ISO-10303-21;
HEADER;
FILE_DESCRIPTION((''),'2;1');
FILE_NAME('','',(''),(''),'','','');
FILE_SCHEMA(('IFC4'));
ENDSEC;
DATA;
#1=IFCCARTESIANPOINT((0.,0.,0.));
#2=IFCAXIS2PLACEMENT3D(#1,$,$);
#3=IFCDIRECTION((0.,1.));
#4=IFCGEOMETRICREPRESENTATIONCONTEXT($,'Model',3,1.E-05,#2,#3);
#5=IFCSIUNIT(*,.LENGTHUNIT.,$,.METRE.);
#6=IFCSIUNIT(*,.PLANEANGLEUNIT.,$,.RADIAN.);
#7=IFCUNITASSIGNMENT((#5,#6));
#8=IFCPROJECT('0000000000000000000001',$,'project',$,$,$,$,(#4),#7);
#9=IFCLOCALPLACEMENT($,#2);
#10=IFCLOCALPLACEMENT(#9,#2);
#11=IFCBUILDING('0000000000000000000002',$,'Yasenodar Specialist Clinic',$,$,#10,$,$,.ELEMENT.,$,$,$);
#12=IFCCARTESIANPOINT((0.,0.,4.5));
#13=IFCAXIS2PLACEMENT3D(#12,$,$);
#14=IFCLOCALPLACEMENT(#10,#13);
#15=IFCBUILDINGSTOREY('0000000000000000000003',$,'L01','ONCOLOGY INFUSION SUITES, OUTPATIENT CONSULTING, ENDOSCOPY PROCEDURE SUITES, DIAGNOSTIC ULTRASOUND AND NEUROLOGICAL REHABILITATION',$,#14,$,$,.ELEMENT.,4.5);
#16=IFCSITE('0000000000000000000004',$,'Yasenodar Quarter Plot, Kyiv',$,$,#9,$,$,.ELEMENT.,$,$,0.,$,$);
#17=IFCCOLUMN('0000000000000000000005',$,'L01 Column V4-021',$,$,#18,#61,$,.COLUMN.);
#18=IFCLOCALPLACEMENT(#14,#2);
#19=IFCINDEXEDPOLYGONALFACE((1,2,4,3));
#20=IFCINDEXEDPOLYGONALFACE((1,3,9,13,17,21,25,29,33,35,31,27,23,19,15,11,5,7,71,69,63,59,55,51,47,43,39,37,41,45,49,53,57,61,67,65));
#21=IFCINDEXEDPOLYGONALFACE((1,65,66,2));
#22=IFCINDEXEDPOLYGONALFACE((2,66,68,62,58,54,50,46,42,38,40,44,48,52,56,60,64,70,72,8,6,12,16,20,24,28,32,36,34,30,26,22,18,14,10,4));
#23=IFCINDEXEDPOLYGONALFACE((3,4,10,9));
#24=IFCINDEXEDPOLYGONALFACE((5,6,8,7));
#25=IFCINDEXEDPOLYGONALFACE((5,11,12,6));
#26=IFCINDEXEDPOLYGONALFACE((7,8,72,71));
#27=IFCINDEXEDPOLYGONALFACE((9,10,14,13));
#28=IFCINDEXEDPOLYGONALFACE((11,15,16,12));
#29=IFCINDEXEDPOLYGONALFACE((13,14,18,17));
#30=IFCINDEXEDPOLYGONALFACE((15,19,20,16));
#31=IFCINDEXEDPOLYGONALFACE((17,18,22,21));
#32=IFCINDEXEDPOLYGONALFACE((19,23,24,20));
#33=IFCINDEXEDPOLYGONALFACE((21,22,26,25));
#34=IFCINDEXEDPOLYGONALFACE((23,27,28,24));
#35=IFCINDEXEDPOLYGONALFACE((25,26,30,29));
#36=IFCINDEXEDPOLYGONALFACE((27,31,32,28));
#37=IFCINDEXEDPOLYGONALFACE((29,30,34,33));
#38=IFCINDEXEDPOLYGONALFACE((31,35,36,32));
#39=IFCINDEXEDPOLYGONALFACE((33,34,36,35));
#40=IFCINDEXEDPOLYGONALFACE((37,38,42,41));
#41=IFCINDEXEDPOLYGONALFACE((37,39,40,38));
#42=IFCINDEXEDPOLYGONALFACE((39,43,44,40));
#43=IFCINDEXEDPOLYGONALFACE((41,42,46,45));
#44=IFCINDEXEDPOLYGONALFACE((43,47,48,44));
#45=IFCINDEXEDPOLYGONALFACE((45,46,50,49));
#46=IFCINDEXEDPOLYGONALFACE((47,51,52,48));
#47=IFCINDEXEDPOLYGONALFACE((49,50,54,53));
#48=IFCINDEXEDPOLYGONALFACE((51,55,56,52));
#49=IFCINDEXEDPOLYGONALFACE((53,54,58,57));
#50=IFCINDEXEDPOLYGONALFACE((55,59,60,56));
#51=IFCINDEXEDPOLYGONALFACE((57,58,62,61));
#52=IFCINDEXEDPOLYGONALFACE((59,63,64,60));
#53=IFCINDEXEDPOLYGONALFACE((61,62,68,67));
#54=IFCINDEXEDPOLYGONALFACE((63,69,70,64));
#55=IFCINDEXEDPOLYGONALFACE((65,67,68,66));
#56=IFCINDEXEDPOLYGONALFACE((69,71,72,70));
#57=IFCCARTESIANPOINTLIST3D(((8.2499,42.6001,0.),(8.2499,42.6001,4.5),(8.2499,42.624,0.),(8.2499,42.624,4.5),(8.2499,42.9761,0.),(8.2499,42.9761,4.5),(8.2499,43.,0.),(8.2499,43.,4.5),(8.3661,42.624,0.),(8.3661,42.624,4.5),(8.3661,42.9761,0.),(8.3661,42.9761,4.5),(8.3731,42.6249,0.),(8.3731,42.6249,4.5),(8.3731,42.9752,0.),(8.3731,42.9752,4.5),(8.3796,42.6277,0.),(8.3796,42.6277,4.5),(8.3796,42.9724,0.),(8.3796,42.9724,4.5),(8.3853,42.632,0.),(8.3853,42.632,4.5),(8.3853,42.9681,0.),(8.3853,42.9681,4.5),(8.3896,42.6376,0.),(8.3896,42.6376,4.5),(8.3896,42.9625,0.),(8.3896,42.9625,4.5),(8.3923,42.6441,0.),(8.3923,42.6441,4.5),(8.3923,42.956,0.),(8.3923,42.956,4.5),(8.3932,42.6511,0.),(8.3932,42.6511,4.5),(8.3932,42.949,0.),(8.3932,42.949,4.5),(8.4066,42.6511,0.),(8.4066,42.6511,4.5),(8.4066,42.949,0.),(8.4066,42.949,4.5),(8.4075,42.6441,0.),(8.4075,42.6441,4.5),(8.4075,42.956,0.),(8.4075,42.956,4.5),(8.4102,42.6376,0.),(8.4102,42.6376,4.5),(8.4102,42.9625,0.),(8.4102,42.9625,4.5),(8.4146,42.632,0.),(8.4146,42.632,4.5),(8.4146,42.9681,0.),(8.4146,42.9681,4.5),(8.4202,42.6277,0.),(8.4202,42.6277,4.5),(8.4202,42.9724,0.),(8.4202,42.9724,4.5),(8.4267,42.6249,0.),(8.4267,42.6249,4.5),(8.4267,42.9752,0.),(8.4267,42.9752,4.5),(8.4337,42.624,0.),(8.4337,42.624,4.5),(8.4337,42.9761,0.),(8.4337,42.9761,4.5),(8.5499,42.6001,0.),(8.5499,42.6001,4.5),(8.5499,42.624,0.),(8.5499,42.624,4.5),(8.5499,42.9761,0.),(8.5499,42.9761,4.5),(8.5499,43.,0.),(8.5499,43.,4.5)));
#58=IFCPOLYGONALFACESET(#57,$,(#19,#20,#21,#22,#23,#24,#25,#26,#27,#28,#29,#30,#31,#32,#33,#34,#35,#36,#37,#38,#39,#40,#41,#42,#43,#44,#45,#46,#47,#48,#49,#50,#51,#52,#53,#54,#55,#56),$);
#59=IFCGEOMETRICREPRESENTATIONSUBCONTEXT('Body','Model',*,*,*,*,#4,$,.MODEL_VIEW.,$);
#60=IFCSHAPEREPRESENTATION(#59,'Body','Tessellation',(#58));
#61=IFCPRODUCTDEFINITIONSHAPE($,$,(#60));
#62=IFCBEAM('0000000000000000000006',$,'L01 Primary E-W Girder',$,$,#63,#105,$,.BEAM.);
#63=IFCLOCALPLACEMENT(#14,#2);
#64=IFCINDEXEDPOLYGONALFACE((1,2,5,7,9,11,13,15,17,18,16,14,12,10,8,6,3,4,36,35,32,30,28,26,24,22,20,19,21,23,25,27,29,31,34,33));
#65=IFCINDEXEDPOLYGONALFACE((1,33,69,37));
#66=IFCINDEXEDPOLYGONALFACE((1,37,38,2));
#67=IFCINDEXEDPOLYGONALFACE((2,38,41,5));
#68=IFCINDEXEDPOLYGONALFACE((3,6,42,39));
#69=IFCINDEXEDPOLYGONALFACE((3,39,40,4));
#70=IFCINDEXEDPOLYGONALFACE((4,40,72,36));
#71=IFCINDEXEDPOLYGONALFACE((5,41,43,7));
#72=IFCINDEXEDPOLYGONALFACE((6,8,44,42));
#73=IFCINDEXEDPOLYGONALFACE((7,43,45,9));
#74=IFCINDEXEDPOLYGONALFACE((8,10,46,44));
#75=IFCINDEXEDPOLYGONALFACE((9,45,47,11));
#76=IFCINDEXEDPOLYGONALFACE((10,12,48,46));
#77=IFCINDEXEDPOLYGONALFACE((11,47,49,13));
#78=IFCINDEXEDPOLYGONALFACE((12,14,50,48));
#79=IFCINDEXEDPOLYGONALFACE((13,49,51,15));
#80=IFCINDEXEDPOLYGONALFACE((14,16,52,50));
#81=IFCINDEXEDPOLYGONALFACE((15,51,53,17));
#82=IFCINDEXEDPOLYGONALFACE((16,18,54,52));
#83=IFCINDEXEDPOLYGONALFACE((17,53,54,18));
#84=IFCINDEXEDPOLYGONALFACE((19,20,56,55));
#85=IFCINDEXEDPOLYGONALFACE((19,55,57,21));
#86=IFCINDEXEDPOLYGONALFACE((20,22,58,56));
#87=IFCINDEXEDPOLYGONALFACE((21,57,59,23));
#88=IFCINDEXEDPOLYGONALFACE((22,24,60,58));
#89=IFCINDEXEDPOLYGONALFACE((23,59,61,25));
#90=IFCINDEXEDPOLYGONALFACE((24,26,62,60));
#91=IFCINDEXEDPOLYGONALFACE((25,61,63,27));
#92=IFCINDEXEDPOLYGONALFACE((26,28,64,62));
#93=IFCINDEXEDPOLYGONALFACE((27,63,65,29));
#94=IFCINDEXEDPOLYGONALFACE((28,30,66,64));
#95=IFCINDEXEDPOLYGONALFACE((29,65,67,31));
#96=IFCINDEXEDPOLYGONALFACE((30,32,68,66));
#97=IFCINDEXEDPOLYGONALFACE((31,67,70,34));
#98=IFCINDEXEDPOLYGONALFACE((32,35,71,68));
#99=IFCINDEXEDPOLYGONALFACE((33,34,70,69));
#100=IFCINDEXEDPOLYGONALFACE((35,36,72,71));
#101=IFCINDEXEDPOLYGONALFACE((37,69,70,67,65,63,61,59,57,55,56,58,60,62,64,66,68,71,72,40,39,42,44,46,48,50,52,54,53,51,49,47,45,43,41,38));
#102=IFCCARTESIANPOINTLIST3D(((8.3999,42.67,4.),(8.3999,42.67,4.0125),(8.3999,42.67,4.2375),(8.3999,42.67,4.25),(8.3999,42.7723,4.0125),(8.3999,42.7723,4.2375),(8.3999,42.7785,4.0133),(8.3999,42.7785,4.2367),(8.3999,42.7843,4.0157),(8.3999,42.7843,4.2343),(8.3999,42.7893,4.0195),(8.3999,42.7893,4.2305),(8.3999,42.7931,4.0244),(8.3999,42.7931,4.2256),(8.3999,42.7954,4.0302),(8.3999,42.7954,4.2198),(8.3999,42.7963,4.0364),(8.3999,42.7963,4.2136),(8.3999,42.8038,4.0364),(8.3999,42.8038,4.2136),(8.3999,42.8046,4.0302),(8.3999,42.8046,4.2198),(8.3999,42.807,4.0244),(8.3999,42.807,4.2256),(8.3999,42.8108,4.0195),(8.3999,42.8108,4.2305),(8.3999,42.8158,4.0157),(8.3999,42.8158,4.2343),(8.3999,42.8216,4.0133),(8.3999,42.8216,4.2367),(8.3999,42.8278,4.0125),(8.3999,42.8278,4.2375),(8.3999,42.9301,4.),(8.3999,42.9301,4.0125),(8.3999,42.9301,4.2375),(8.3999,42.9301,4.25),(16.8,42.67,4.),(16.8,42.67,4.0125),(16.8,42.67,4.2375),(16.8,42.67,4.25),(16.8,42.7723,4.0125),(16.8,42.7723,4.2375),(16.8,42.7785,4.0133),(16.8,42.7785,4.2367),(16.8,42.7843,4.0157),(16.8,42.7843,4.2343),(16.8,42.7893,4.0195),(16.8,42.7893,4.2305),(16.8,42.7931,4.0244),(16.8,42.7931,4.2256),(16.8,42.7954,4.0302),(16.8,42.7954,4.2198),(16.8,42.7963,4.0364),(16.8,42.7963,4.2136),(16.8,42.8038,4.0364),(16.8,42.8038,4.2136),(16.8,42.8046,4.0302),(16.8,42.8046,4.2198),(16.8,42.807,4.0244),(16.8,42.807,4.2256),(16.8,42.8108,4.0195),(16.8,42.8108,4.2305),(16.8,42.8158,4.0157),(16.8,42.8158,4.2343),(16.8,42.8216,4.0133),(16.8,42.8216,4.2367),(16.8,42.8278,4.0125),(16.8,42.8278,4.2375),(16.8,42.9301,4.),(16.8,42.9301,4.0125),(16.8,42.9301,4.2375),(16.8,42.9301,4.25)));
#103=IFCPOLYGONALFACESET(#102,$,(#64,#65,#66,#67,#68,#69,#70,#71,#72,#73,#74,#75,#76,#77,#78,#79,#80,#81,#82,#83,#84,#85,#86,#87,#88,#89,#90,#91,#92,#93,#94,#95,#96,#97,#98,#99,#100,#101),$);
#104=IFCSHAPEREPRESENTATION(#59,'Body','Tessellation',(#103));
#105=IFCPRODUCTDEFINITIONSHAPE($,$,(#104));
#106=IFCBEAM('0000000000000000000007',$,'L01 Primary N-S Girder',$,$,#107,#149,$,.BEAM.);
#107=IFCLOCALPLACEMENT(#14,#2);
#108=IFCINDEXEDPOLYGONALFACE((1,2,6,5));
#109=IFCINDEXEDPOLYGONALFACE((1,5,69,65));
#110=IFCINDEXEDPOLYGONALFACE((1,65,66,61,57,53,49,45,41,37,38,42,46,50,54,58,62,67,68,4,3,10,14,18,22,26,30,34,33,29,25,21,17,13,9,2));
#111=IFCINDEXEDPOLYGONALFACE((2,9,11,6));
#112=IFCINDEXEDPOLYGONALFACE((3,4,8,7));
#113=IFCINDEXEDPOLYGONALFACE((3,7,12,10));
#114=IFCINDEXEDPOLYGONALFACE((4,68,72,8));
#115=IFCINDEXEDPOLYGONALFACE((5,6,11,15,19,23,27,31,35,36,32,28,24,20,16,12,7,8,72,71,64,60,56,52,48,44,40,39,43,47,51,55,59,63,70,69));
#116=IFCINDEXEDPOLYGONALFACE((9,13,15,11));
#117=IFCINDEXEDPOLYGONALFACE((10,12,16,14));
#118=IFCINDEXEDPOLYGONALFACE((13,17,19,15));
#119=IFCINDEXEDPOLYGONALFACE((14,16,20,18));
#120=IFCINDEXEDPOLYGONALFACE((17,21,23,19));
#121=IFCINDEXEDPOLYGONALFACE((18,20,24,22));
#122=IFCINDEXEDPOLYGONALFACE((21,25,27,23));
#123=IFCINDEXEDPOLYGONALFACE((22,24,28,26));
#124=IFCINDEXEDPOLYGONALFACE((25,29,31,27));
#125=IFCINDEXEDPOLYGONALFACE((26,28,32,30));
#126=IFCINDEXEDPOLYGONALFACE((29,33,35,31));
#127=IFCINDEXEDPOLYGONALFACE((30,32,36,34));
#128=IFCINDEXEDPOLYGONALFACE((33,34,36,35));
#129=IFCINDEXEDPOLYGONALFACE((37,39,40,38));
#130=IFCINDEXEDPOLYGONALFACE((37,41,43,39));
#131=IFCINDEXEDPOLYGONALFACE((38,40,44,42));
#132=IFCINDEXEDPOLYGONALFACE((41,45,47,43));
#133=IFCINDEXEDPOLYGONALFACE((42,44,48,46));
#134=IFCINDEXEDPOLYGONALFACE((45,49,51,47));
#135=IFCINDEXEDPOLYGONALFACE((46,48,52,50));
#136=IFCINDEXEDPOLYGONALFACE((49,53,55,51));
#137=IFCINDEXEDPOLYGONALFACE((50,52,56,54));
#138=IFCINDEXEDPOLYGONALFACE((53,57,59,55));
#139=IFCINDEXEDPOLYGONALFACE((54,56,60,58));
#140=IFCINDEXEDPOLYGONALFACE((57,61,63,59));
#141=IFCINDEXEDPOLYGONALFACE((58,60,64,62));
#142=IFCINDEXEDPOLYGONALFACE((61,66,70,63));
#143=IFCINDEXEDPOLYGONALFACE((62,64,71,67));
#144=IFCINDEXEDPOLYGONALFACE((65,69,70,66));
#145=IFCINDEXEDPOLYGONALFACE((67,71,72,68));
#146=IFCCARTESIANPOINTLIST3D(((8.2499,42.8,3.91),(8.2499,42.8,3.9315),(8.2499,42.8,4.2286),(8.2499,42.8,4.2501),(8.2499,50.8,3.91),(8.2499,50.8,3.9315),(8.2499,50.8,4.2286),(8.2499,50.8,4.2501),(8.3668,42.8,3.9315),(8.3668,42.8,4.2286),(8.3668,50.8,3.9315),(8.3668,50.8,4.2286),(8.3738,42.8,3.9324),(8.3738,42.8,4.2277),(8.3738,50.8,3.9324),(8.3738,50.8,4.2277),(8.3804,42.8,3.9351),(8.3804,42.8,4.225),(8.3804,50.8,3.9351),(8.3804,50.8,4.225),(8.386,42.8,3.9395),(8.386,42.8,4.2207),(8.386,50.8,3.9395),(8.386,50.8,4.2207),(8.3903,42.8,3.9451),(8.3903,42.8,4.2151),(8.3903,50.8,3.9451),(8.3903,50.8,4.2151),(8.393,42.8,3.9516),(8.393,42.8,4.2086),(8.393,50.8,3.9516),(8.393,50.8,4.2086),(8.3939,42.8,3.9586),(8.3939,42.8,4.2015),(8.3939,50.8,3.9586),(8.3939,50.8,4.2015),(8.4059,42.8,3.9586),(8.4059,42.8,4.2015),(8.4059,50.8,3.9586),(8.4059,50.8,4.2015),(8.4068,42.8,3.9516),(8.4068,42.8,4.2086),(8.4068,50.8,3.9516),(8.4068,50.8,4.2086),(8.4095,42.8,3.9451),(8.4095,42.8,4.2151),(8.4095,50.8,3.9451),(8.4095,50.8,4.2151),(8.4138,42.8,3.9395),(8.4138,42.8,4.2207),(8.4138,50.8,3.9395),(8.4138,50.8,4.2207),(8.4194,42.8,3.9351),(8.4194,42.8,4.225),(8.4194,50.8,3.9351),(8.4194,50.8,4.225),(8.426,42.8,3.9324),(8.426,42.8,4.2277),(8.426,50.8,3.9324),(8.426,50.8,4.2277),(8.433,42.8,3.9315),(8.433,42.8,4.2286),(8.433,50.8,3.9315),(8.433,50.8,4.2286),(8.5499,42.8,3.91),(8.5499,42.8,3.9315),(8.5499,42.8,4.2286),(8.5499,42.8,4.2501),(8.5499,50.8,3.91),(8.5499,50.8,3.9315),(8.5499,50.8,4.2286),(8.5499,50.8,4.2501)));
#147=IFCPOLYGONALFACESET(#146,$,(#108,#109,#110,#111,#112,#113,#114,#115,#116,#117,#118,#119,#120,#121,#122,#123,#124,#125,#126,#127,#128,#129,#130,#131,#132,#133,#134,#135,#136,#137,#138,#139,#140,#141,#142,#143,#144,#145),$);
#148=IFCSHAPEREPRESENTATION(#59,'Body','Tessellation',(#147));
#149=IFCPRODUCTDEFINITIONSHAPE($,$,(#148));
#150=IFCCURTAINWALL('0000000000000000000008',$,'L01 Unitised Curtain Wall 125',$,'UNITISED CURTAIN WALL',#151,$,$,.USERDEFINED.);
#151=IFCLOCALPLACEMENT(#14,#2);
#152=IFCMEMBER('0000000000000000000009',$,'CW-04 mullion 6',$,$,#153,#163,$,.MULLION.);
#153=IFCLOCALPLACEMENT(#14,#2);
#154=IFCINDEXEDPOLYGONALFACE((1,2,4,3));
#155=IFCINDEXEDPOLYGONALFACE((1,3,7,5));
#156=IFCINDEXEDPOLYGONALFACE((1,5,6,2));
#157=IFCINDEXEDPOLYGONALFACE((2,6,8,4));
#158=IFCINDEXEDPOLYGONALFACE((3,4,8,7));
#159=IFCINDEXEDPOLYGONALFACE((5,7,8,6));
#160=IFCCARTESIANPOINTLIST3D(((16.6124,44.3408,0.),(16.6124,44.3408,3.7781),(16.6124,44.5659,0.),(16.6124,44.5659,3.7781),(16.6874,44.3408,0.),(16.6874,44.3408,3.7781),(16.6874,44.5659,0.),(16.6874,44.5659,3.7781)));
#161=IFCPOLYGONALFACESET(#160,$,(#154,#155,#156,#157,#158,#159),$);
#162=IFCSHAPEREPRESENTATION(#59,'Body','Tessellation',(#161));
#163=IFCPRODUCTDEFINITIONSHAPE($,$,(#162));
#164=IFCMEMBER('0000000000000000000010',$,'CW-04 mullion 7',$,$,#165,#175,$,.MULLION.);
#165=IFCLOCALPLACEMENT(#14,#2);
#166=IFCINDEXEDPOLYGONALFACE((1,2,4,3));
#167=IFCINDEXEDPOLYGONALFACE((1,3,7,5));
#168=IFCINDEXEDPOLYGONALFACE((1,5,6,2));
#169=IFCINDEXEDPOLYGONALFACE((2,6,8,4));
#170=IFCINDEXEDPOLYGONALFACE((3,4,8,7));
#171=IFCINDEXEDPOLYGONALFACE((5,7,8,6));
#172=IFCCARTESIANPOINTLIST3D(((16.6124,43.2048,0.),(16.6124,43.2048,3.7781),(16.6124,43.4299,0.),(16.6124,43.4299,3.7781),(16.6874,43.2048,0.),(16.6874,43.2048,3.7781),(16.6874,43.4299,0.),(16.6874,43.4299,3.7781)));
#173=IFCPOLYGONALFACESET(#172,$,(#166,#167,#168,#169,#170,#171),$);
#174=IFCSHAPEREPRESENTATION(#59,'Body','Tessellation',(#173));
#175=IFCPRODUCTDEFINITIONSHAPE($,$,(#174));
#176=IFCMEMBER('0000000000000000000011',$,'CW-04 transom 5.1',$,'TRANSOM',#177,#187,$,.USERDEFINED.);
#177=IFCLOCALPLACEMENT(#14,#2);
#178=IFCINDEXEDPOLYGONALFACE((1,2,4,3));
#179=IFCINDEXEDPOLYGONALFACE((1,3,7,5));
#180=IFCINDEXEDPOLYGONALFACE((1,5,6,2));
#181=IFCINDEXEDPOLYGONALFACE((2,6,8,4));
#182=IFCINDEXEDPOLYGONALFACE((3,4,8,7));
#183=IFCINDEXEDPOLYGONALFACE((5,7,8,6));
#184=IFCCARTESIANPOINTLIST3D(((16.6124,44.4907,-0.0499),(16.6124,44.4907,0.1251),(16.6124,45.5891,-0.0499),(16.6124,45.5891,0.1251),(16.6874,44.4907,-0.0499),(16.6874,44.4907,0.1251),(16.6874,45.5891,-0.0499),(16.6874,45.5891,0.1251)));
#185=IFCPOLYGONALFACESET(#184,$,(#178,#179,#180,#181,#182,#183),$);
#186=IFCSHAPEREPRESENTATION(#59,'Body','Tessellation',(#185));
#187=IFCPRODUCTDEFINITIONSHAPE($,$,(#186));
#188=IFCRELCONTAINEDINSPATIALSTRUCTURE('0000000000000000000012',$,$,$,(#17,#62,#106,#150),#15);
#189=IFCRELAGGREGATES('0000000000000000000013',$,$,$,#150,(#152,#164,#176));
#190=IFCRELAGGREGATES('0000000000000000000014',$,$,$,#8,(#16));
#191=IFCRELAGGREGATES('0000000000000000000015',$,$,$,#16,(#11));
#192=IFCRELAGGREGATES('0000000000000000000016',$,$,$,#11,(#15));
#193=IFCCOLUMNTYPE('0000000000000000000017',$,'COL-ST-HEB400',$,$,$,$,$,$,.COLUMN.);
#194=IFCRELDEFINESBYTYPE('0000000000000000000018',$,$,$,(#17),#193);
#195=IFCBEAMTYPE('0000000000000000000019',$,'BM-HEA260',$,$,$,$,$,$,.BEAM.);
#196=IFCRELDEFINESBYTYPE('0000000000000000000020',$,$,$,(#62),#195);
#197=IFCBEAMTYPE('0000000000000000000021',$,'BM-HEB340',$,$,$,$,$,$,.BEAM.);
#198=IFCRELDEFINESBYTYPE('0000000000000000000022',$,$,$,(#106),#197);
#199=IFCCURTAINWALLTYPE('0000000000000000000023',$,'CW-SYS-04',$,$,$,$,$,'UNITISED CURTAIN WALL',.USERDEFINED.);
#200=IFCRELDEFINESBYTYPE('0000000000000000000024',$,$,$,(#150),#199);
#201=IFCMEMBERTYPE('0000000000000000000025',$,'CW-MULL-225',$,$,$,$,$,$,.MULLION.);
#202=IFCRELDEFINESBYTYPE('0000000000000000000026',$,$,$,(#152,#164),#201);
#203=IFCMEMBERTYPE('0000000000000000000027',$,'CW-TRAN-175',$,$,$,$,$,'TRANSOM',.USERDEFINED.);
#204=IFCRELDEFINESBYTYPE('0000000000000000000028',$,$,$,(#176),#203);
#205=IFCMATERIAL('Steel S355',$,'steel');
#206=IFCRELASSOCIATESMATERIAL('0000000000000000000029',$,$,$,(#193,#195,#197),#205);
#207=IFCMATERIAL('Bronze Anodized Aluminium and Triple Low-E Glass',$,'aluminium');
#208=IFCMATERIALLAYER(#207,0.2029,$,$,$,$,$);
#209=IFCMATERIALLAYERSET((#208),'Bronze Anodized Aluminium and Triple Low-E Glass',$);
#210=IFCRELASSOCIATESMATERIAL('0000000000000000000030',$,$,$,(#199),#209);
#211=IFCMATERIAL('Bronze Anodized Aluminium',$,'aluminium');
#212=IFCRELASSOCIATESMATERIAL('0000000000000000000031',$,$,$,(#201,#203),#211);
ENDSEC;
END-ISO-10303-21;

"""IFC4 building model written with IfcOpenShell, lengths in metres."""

from ifc_helpers import new_model, si_unit, direction, frame, origin, origin_2d, place, context, subcontext, project, spatial, rectangle, i_section, extrude, material, layer, layer_set, material_profile, profile_set, type_object, element, aggregate, save


model = new_model("IFC4")

# Units and contexts
model_context = context("Model", 3, precision=1e-05, world=origin(), true_north=direction((0.0, 1.0)))
body_context = subcontext(model_context, "Body", "Model", "MODEL_VIEW")
ifc_project = project(units=[si_unit("LENGTHUNIT", "METRE"), si_unit("PLANEANGLEUNIT", "RADIAN")], contexts=[model_context])

# Site, building, storey
site_placement = place(None, origin())
site = spatial("IfcSite", under=ifc_project, at=site_placement, Name="Yasenodar Quarter Plot, Kyiv", CompositionType="ELEMENT", RefElevation=0.0)
building_placement = place(site_placement, origin())
building = spatial("IfcBuilding", under=site, at=building_placement, Name="Yasenodar Specialist Clinic", CompositionType="ELEMENT")
storey_placement = place(building_placement, frame((0.0, 0.0, 4.5)))
storey = spatial("IfcBuildingStorey", under=building, at=storey_placement, Name="L01", Description="ONCOLOGY INFUSION SUITES, OUTPATIENT CONSULTING, ENDOSCOPY PROCEDURE SUITES, DIAGNOSTIC ULTRASOUND AND NEUROLOGICAL REHABILITATION", CompositionType="ELEMENT", Elevation=4.5)

# Column
ifc_material_1 = material(Name="Steel S355", Category="steel")
ifc_material_profile_1 = material_profile(ifc_material_1, i_section(OverallWidth=0.3, OverallDepth=0.3999, WebThickness=0.0134, FlangeThickness=0.0239, FilletRadius=0.0271, at=origin_2d()), Name="HEB 400")
ifc_profile_set_1 = profile_set([ifc_material_profile_1], Name="Steel S355")
column_type = type_object("IfcColumnType", Name="COL-ST-HEB400", PredefinedType="COLUMN", material=ifc_profile_set_1)
column_placement = place(storey_placement, frame((8.3999, 42.8, 0.0), z_axis=(0.0, 0.0, 1.0), x_axis=(1.0, 0.0, 0.0)))
element("IfcColumn", 1, at=column_placement, inside=storey, type_object=column_type, Name="L01 Column V4-021", PredefinedType="COLUMN", context=body_context, shape_type="SweptSolid", body=[
    extrude(i_section(OverallWidth=0.3, OverallDepth=0.3999, WebThickness=0.0134, FlangeThickness=0.0239, FilletRadius=0.0271, at=origin_2d()), origin(), (0.0, 0.0, 1.0), 4.5),
])

# Beams
ifc_material_profile_2 = material_profile(ifc_material_1, i_section(OverallWidth=0.26, OverallDepth=0.25, WebThickness=0.0076, FlangeThickness=0.0125, FilletRadius=0.0239, at=origin_2d()), Name="HEA 260")
ifc_profile_set_2 = profile_set([ifc_material_profile_2], Name="Steel S355")
beam_type_1 = type_object("IfcBeamType", Name="BM-HEA260", PredefinedType="BEAM", material=ifc_profile_set_2)
beam_1_placement = place(storey_placement, frame((8.3999, 42.8, 4.125), z_axis=(1.0, 0.0, 0.0), x_axis=(0.0, 1.0, 0.0)))
element("IfcBeam", 2, at=beam_1_placement, inside=storey, type_object=beam_type_1, Name="L01 Primary E-W Girder", PredefinedType="BEAM", context=body_context, shape_type="SweptSolid", body=[
    extrude(i_section(OverallWidth=0.26, OverallDepth=0.25, WebThickness=0.0076, FlangeThickness=0.0125, FilletRadius=0.0239, at=origin_2d()), origin(), (0.0, 0.0, 1.0), 8.4001),
])
ifc_material_profile_3 = material_profile(ifc_material_1, i_section(OverallWidth=0.3, OverallDepth=0.3401, WebThickness=0.012, FlangeThickness=0.0215, FilletRadius=0.0271, at=origin_2d()), Name="HEB 340")
ifc_profile_set_3 = profile_set([ifc_material_profile_3], Name="Steel S355")
beam_type_2 = type_object("IfcBeamType", Name="BM-HEB340", PredefinedType="BEAM", material=ifc_profile_set_3)
beam_2_placement = place(storey_placement, frame((8.3999, 42.8, 4.0801), z_axis=(0.0, 1.0, 0.0), x_axis=(-1.0, 0.0, 0.0)))
element("IfcBeam", 3, at=beam_2_placement, inside=storey, type_object=beam_type_2, Name="L01 Primary N-S Girder", PredefinedType="BEAM", context=body_context, shape_type="SweptSolid", body=[
    extrude(i_section(OverallWidth=0.3, OverallDepth=0.3401, WebThickness=0.012, FlangeThickness=0.0215, FilletRadius=0.0271, at=origin_2d()), origin(), (0.0, 0.0, 1.0), 8.0),
])

# Curtain wall, members
ifc_material_2 = material(Name="Bronze Anodized Aluminium and Triple Low-E Glass", Category="aluminium")
ifc_layer_1 = layer(ifc_material_2, 0.2029)
ifc_layer_set_1 = layer_set([ifc_layer_1], Name="Bronze Anodized Aluminium and Triple Low-E Glass")
curtain_wall_type = type_object("IfcCurtainWallType", Name="CW-SYS-04", ElementType="UNITISED CURTAIN WALL", PredefinedType="USERDEFINED", material=ifc_layer_set_1)
curtain_wall_placement = place(storey_placement, origin())
curtain_wall = element("IfcCurtainWall", 4, at=curtain_wall_placement, inside=storey, type_object=curtain_wall_type, Name="L01 Unitised Curtain Wall 125", ObjectType="UNITISED CURTAIN WALL", PredefinedType="USERDEFINED")
ifc_material_3 = material(Name="Bronze Anodized Aluminium", Category="aluminium")
ifc_material_profile_4 = material_profile(ifc_material_3, rectangle(XDim=0.075, YDim=0.2251, at=origin_2d()), Name="CW-MULL 75x225")
ifc_profile_set_4 = profile_set([ifc_material_profile_4], Name="Bronze Anodized Aluminium")
member_type_1 = type_object("IfcMemberType", Name="CW-MULL-225", PredefinedType="MULLION", material=ifc_profile_set_4)
member_1_placement = place(storey_placement, frame((16.6499, 44.4534, 0.0), z_axis=(0.0, 0.0, 1.0), x_axis=(1.0, 0.0, 0.0)))
member_1 = element("IfcMember", 5, at=member_1_placement, type_object=member_type_1, Name="CW-04 mullion 6", PredefinedType="MULLION", context=body_context, shape_type="SweptSolid", body=[
    extrude(rectangle(XDim=0.075, YDim=0.2251, at=origin_2d()), origin(), (0.0, 0.0, 1.0), 3.7781),
])
member_2_placement = place(storey_placement, frame((16.6499, 43.3174, 0.0), z_axis=(0.0, 0.0, 1.0), x_axis=(1.0, 0.0, 0.0)))
member_2 = element("IfcMember", 6, at=member_2_placement, type_object=member_type_1, Name="CW-04 mullion 7", PredefinedType="MULLION", context=body_context, shape_type="SweptSolid", body=[
    extrude(rectangle(XDim=0.075, YDim=0.2251, at=origin_2d()), origin(), (0.0, 0.0, 1.0), 3.7781),
])
ifc_material_profile_5 = material_profile(ifc_material_3, rectangle(XDim=0.075, YDim=0.175, at=origin_2d()), Name="CW-TRAN 75x175")
ifc_profile_set_5 = profile_set([ifc_material_profile_5], Name="Bronze Anodized Aluminium")
member_type_2 = type_object("IfcMemberType", Name="CW-TRAN-175", ElementType="TRANSOM", PredefinedType="USERDEFINED", material=ifc_profile_set_5)
member_3_placement = place(storey_placement, frame((16.6499, 45.5891, 0.0376), z_axis=(0.0, -1.0, 0.0), x_axis=(1.0, 0.0, 0.0)))
member_3 = element("IfcMember", 7, at=member_3_placement, type_object=member_type_2, Name="CW-04 transom 5.1", ObjectType="TRANSOM", PredefinedType="USERDEFINED", context=body_context, shape_type="SweptSolid", body=[
    extrude(rectangle(XDim=0.075, YDim=0.175, at=origin_2d()), origin(), (0.0, 0.0, 1.0), 1.0984),
])

aggregate(curtain_wall, [member_1, member_2, member_3])

save(model, "model.ifc")
